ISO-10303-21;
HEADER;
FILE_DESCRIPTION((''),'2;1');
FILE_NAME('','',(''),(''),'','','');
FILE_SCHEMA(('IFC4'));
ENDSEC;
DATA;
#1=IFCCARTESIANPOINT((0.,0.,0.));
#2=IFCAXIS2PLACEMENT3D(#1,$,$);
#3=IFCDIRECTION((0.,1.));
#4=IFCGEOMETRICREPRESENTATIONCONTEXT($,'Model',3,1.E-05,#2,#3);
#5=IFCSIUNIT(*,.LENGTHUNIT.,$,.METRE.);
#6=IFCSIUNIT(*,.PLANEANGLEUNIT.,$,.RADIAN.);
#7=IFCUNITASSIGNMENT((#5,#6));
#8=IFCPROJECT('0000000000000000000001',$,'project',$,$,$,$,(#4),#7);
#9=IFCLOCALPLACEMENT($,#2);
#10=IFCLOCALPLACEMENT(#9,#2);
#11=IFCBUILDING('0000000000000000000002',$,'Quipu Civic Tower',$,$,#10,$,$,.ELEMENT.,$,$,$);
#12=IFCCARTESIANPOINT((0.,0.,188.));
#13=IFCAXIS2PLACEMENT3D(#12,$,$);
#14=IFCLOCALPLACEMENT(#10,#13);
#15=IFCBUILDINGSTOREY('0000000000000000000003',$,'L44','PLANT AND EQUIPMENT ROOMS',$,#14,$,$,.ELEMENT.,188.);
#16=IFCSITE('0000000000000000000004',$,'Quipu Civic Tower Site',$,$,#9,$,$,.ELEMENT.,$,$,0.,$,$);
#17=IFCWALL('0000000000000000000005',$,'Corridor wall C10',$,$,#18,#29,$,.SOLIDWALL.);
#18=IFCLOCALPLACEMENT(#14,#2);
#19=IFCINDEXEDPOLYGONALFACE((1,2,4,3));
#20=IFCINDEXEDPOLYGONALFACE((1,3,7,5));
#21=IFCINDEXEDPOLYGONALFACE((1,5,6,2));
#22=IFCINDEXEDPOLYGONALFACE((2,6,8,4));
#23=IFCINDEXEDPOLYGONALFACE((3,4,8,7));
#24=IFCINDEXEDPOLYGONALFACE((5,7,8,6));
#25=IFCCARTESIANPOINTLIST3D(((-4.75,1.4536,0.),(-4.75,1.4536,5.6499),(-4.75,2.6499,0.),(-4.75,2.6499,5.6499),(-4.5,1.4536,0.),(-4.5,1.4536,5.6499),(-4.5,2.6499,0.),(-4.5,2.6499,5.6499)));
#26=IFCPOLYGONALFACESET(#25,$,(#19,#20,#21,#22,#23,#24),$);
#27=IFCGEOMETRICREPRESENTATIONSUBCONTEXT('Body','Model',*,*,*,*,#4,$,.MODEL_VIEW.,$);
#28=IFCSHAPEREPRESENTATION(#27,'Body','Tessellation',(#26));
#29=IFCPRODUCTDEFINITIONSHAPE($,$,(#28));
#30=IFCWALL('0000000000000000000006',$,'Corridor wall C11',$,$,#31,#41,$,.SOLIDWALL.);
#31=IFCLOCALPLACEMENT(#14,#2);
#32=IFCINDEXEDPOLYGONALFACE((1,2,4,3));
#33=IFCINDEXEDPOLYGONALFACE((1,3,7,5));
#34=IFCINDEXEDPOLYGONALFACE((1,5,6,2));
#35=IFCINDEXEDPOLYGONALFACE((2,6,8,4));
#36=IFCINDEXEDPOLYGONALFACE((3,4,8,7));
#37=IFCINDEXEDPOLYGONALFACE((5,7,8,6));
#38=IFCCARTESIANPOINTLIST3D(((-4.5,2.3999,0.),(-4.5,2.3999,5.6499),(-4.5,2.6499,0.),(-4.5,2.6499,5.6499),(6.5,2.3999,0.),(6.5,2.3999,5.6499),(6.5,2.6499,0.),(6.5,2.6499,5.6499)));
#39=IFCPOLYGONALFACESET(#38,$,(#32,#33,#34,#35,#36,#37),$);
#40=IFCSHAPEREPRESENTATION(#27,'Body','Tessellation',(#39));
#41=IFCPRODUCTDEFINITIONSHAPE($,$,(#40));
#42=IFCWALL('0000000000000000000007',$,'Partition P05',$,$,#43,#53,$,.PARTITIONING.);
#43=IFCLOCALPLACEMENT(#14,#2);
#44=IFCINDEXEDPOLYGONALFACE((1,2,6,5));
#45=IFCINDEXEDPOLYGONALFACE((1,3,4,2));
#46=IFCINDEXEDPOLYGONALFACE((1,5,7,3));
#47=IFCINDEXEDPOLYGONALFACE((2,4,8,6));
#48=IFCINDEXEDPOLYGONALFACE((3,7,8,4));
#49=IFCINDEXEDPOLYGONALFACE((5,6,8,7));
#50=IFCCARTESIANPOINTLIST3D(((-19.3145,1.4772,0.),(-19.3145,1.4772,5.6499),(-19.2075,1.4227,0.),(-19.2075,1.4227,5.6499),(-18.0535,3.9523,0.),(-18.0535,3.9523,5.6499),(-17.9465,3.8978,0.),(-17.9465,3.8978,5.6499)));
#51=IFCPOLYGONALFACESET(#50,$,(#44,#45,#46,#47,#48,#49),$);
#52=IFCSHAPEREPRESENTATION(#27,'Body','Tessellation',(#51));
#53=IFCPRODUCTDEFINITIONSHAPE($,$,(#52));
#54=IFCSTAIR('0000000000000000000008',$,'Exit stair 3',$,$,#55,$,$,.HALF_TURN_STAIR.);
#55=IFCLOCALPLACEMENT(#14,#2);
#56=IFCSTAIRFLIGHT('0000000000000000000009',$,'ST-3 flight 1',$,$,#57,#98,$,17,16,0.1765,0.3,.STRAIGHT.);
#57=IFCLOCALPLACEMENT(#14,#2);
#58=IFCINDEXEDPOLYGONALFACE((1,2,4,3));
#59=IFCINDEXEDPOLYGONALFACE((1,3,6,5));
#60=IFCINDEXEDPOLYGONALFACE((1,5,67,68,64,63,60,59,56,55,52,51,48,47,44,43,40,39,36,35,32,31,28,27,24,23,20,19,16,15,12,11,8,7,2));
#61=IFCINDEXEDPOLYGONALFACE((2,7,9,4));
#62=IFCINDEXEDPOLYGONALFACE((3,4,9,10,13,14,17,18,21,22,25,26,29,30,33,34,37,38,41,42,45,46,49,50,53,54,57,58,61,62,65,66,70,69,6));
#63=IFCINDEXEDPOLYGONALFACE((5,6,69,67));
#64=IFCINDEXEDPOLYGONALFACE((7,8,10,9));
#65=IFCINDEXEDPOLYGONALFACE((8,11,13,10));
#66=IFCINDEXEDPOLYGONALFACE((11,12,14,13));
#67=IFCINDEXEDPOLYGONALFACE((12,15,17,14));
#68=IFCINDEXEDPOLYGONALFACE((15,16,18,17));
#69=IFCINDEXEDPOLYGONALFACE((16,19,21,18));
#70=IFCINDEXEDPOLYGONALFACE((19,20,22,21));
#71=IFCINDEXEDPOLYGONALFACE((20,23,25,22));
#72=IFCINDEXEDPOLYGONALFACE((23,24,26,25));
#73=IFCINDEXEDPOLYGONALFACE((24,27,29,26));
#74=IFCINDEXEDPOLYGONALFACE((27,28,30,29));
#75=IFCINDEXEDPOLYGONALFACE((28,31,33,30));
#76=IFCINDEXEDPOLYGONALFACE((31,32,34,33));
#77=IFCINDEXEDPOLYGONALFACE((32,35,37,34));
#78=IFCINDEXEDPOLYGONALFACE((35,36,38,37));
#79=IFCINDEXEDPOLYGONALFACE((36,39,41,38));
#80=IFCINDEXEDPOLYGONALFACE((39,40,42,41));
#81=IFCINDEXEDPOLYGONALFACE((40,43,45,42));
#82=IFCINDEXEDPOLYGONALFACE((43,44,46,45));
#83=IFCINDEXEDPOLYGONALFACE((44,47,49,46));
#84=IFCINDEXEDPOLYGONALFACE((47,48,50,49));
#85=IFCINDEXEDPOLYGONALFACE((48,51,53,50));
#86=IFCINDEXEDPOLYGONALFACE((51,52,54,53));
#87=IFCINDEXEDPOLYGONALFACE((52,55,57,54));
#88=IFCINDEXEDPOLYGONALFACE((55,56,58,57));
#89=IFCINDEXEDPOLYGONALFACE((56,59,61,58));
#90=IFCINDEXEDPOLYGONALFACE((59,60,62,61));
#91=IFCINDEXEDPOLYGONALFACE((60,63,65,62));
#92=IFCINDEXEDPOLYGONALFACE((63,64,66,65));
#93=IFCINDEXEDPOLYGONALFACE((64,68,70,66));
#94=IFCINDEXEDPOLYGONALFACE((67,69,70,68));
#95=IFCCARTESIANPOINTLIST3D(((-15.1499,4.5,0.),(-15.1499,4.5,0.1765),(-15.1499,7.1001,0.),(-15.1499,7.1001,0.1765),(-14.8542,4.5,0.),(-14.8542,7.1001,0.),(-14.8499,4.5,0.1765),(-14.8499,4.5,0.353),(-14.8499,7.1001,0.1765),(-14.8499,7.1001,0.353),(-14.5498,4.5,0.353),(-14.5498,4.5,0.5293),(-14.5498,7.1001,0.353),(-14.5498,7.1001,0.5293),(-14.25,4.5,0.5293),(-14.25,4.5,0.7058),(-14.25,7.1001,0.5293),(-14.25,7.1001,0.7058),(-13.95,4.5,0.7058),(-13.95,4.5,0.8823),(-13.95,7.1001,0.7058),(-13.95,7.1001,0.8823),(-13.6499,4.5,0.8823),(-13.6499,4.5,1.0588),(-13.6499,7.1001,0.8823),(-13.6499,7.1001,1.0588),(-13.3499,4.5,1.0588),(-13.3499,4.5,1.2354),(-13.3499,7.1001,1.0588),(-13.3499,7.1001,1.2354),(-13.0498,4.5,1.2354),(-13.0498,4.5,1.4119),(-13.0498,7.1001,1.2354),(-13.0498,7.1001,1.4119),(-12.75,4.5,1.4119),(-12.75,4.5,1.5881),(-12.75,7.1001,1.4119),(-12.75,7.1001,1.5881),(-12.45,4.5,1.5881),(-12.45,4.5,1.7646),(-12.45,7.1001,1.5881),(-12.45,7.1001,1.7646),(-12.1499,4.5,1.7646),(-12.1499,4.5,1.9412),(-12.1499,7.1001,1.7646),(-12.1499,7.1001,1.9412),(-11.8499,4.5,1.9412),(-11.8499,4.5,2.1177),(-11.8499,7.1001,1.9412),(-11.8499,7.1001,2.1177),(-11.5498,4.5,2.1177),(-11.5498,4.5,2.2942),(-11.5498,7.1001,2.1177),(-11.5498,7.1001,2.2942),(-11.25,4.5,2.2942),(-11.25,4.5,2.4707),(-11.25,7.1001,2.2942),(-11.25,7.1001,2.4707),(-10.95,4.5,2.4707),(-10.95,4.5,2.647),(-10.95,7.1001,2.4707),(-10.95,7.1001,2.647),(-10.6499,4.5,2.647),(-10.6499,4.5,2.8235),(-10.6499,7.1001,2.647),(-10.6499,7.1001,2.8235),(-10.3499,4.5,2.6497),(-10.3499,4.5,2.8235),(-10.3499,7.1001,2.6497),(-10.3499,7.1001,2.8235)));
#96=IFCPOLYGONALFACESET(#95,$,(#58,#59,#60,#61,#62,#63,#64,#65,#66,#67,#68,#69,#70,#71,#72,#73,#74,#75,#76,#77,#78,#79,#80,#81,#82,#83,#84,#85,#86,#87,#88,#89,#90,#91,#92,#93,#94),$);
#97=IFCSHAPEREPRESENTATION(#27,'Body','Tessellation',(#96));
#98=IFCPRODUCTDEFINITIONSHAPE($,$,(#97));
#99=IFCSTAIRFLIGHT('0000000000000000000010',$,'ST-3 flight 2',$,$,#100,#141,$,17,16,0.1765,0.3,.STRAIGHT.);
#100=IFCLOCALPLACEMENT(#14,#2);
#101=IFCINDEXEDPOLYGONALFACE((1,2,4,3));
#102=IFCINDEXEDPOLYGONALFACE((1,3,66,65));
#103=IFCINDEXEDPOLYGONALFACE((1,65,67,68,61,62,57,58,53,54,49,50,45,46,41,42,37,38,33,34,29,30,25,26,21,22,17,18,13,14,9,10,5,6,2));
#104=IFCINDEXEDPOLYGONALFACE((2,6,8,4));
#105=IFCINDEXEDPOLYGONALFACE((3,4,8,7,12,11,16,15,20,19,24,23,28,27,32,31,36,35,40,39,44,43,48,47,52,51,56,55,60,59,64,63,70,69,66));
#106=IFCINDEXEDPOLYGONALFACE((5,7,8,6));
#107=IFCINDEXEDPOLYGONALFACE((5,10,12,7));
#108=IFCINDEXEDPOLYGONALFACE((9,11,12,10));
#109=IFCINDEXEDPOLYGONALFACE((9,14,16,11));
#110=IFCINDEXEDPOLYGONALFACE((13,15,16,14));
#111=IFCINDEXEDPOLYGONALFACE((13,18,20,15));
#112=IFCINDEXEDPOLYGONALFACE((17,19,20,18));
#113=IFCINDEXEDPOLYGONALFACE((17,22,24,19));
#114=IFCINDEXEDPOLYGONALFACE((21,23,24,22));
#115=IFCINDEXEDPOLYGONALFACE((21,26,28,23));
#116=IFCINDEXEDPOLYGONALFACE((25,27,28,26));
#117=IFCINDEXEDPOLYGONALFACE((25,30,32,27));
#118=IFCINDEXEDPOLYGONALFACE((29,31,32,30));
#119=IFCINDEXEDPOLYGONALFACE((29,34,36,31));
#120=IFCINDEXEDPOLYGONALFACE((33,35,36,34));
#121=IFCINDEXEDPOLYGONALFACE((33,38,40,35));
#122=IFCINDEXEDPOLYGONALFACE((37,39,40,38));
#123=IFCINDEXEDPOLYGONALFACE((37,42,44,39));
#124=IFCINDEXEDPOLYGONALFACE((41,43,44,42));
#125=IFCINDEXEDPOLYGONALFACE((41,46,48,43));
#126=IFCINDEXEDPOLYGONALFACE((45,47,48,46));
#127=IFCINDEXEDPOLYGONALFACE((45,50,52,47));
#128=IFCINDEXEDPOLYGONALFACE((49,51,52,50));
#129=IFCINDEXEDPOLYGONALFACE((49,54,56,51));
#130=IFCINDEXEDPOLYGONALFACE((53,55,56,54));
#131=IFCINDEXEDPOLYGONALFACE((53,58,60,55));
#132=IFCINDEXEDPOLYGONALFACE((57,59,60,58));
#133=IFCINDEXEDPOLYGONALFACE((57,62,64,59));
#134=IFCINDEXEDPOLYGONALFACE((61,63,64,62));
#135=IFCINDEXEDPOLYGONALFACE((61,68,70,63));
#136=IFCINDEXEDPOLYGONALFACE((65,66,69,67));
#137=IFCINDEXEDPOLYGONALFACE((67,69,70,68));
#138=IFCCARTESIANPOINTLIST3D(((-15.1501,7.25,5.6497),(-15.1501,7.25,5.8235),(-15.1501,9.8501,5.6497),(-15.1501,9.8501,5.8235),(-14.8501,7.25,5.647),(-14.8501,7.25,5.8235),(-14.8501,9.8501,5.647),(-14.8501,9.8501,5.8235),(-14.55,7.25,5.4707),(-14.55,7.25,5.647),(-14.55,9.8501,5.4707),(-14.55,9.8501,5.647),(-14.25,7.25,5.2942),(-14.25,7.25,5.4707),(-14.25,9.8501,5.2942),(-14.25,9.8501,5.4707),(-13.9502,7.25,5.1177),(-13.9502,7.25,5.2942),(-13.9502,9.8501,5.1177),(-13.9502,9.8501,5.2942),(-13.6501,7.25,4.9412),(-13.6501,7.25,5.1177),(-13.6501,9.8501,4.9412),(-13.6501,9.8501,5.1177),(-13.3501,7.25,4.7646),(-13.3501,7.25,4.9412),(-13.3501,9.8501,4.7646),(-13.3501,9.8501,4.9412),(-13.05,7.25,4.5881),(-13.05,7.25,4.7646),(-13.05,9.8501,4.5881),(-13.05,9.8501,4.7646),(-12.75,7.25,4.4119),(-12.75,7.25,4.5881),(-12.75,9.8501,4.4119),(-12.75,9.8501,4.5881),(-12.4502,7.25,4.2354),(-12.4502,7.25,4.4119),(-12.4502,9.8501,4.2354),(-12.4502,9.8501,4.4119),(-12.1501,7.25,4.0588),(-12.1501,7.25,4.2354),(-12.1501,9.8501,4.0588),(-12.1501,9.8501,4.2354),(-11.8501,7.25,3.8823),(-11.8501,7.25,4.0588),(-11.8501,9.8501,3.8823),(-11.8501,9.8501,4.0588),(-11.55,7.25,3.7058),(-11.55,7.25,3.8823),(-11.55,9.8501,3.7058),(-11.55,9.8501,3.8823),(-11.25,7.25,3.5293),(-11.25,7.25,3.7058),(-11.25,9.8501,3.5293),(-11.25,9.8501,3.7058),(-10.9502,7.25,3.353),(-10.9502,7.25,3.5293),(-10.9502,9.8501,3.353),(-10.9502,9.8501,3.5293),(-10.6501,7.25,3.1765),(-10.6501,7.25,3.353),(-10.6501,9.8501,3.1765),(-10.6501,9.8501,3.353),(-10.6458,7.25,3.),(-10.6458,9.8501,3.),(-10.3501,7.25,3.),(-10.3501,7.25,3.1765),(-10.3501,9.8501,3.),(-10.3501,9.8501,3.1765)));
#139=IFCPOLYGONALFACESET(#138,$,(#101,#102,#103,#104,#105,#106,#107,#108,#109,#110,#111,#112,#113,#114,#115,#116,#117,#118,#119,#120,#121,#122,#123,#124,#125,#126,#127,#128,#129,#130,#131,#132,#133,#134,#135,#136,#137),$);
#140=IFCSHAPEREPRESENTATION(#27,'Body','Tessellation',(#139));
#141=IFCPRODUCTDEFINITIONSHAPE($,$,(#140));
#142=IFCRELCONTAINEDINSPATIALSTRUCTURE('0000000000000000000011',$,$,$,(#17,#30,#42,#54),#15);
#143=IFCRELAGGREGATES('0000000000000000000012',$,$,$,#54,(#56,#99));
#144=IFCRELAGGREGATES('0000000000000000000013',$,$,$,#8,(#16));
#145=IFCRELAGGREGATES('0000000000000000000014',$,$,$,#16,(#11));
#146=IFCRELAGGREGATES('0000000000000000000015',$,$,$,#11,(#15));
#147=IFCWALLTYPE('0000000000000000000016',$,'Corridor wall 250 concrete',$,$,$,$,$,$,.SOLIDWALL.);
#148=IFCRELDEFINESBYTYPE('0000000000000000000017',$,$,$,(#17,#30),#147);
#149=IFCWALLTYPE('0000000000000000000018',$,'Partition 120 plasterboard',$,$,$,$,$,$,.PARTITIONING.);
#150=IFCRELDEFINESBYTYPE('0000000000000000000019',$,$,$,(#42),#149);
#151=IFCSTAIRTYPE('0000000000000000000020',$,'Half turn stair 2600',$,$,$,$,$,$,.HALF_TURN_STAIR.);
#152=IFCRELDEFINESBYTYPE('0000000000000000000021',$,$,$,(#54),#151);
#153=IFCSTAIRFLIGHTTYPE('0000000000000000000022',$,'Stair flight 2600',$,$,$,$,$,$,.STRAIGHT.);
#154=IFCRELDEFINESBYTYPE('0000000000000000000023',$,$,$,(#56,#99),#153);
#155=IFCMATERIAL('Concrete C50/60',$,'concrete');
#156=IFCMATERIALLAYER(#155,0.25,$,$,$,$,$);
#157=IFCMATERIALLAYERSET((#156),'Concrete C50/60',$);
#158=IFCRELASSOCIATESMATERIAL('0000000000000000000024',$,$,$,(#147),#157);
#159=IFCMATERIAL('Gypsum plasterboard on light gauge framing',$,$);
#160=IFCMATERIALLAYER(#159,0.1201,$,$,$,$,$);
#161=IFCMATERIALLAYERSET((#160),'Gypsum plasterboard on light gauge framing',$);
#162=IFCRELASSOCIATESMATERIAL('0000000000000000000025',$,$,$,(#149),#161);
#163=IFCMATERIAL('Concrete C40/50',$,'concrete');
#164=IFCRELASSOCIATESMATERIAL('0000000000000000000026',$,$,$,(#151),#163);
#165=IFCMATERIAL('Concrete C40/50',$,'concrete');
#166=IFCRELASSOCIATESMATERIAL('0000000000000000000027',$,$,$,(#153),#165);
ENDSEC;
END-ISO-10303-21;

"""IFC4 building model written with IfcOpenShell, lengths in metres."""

from ifc_helpers import new_model, si_unit, direction, frame, frame_2d, origin, place, context, subcontext, project, spatial, polyline, rectangle, outline, extrude, material, layer, layer_set, type_object, element, aggregate, save


model = new_model("IFC4")

# Units and contexts
model_context = context("Model", 3, precision=1e-05, world=origin(), true_north=direction((0.0, 1.0)))
body_context = subcontext(model_context, "Body", "Model", "MODEL_VIEW")
ifc_project = project(units=[si_unit("LENGTHUNIT", "METRE"), si_unit("PLANEANGLEUNIT", "RADIAN")], contexts=[model_context])

# Site, building, storey
site_placement = place(None, origin())
site = spatial("IfcSite", under=ifc_project, at=site_placement, Name="Quipu Civic Tower Site", CompositionType="ELEMENT", RefElevation=0.0)
building_placement = place(site_placement, origin())
building = spatial("IfcBuilding", under=site, at=building_placement, Name="Quipu Civic Tower", CompositionType="ELEMENT")
storey_placement = place(building_placement, frame((0.0, 0.0, 188.0)))
storey = spatial("IfcBuildingStorey", under=building, at=storey_placement, Name="L44", Description="PLANT AND EQUIPMENT ROOMS", CompositionType="ELEMENT", Elevation=188.0)

# Shared definitions
ifc_material_1 = material(Name="Concrete C50/60", Category="concrete")
ifc_layer_1 = layer(ifc_material_1, 0.25)
ifc_layer_set_1 = layer_set([ifc_layer_1], Name="Concrete C50/60")
wall_type_1 = type_object("IfcWallType", Name="Corridor wall 250 concrete", PredefinedType="SOLIDWALL", material=ifc_layer_set_1)

# Walls
wall_1_placement = place(storey_placement, frame((-4.625, 1.4536, 0.0), z_axis=(0.0, 0.0, 1.0), x_axis=(0.0, 1.0, 0.0)))
element("IfcWall", 1, at=wall_1_placement, inside=storey, type_object=wall_type_1, Name="Corridor wall C10", PredefinedType="SOLIDWALL", context=body_context, shape_type="SweptSolid", body=[
    extrude(rectangle(XDim=1.1963, YDim=0.25, at=frame_2d((0.5981, 0.0))), origin(), (0.0, 0.0, 1.0), 5.6499),
])
wall_2_placement = place(storey_placement, frame((-4.5, 2.5249, 0.0), z_axis=(0.0, 0.0, 1.0), x_axis=(1.0, 0.0, 0.0)))
element("IfcWall", 2, at=wall_2_placement, inside=storey, type_object=wall_type_1, Name="Corridor wall C11", PredefinedType="SOLIDWALL", context=body_context, shape_type="SweptSolid", body=[
    extrude(rectangle(XDim=11.0, YDim=0.25, at=frame_2d((5.5, 0.0))), origin(), (0.0, 0.0, 1.0), 5.6499),
])
ifc_material_2 = material(Name="Gypsum plasterboard on light gauge framing")
ifc_layer_2 = layer(ifc_material_2, 0.1201)
ifc_layer_set_2 = layer_set([ifc_layer_2], Name="Gypsum plasterboard on light gauge framing")
wall_type_2 = type_object("IfcWallType", Name="Partition 120 plasterboard", PredefinedType="PARTITIONING", material=ifc_layer_set_2)
wall_3_placement = place(storey_placement, frame((-19.261, 1.45, 0.0), z_axis=(0.0, 0.0, 1.0), x_axis=(0.453951, 0.891027, 0.0)))
element("IfcWall", 3, at=wall_3_placement, inside=storey, type_object=wall_type_2, Name="Partition P05", PredefinedType="PARTITIONING", context=body_context, shape_type="SweptSolid", body=[
    extrude(rectangle(XDim=2.7778, YDim=0.1201, at=frame_2d((1.3889, 0.0))), origin(), (0.0, 0.0, 1.0), 5.6499),
])

# Stair, stair flights
ifc_material_3 = material(Name="Concrete C40/50", Category="concrete")
stair_type = type_object("IfcStairType", Name="Half turn stair 2600", PredefinedType="HALF_TURN_STAIR", material=ifc_material_3)
stair_placement = place(storey_placement, origin())
stair = element("IfcStair", 4, at=stair_placement, inside=storey, type_object=stair_type, Name="Exit stair 3", PredefinedType="HALF_TURN_STAIR")
ifc_material_4 = material(Name="Concrete C40/50", Category="concrete")
stair_flight_type = type_object("IfcStairFlightType", Name="Stair flight 2600", PredefinedType="STRAIGHT", material=ifc_material_4)
stair_flight_1_placement = place(storey_placement, frame((-15.1499, 5.8, 0.0), z_axis=(0.0, 0.0, 1.0), x_axis=(1.0, 0.0, 0.0)))
stair_flight_1 = element("IfcStairFlight", 5, at=stair_flight_1_placement, type_object=stair_flight_type, Name="ST-3 flight 1", NumberOfRisers=17, NumberOfTreads=16, PredefinedType="STRAIGHT", RiserHeight=0.1765, TreadLength=0.3, context=body_context, shape_type="SweptSolid", body=[
    extrude(outline(polyline([(0.0, 0.0), (0.0, 0.1765), (0.3, 0.1765), (0.3, 0.353), (0.6001, 0.353), (0.6001, 0.5293), (0.8999, 0.5293), (0.8999, 0.7058), (1.2, 0.7058), (1.2, 0.8823), (1.5, 0.8823), (1.5, 1.0588), (1.8, 1.0588), (1.8, 1.2354), (2.1001, 1.2354), (2.1001, 1.4119), (2.3999, 1.4119), (2.3999, 1.5881), (2.7, 1.5881), (2.7, 1.7646), (3.0, 1.7646), (3.0, 1.9412), (3.3, 1.9412), (3.3, 2.1177), (3.6001, 2.1177), (3.6001, 2.2942), (3.8999, 2.2942), (3.8999, 2.4707), (4.2, 2.4707), (4.2, 2.647), (4.5, 2.647), (4.5, 2.8235), (4.8, 2.8235), (4.8, 3.0), (4.8, 2.6497), (0.2957, 0.0), (0.0, 0.0)])), frame((0.0, 1.3, 0.0), z_axis=(0.0, -1.0, 0.0), x_axis=(1.0, 0.0, 0.0)), (0.0, 0.0, 1.0), 2.6001),
])
stair_flight_2_placement = place(storey_placement, frame((-10.3501, 8.55, 3.0), z_axis=(0.0, 0.0, 1.0), x_axis=(-1.0, 0.0, 0.0)))
stair_flight_2 = element("IfcStairFlight", 6, at=stair_flight_2_placement, type_object=stair_flight_type, Name="ST-3 flight 2", NumberOfRisers=17, NumberOfTreads=16, PredefinedType="STRAIGHT", RiserHeight=0.1765, TreadLength=0.3, context=body_context, shape_type="SweptSolid", body=[
    extrude(outline(polyline([(0.0, 0.0), (0.0, 0.1765), (0.3, 0.1765), (0.3, 0.353), (0.6001, 0.353), (0.6001, 0.5293), (0.8999, 0.5293), (0.8999, 0.7058), (1.2, 0.7058), (1.2, 0.8823), (1.5, 0.8823), (1.5, 1.0588), (1.8, 1.0588), (1.8, 1.2354), (2.1001, 1.2354), (2.1001, 1.4119), (2.3999, 1.4119), (2.3999, 1.5881), (2.7, 1.5881), (2.7, 1.7646), (3.0, 1.7646), (3.0, 1.9412), (3.3, 1.9412), (3.3, 2.1177), (3.6001, 2.1177), (3.6001, 2.2942), (3.8999, 2.2942), (3.8999, 2.4707), (4.2, 2.4707), (4.2, 2.647), (4.5, 2.647), (4.5, 2.8235), (4.8, 2.8235), (4.8, 3.0), (4.8, 2.6497), (0.2957, 0.0), (0.0, 0.0)])), frame((0.0, 1.3, 0.0), z_axis=(0.0, -1.0, 0.0), x_axis=(1.0, 0.0, 0.0)), (0.0, 0.0, 1.0), 2.6001),
])
aggregate(stair, [stair_flight_1, stair_flight_2])

save(model, "model.ifc")
